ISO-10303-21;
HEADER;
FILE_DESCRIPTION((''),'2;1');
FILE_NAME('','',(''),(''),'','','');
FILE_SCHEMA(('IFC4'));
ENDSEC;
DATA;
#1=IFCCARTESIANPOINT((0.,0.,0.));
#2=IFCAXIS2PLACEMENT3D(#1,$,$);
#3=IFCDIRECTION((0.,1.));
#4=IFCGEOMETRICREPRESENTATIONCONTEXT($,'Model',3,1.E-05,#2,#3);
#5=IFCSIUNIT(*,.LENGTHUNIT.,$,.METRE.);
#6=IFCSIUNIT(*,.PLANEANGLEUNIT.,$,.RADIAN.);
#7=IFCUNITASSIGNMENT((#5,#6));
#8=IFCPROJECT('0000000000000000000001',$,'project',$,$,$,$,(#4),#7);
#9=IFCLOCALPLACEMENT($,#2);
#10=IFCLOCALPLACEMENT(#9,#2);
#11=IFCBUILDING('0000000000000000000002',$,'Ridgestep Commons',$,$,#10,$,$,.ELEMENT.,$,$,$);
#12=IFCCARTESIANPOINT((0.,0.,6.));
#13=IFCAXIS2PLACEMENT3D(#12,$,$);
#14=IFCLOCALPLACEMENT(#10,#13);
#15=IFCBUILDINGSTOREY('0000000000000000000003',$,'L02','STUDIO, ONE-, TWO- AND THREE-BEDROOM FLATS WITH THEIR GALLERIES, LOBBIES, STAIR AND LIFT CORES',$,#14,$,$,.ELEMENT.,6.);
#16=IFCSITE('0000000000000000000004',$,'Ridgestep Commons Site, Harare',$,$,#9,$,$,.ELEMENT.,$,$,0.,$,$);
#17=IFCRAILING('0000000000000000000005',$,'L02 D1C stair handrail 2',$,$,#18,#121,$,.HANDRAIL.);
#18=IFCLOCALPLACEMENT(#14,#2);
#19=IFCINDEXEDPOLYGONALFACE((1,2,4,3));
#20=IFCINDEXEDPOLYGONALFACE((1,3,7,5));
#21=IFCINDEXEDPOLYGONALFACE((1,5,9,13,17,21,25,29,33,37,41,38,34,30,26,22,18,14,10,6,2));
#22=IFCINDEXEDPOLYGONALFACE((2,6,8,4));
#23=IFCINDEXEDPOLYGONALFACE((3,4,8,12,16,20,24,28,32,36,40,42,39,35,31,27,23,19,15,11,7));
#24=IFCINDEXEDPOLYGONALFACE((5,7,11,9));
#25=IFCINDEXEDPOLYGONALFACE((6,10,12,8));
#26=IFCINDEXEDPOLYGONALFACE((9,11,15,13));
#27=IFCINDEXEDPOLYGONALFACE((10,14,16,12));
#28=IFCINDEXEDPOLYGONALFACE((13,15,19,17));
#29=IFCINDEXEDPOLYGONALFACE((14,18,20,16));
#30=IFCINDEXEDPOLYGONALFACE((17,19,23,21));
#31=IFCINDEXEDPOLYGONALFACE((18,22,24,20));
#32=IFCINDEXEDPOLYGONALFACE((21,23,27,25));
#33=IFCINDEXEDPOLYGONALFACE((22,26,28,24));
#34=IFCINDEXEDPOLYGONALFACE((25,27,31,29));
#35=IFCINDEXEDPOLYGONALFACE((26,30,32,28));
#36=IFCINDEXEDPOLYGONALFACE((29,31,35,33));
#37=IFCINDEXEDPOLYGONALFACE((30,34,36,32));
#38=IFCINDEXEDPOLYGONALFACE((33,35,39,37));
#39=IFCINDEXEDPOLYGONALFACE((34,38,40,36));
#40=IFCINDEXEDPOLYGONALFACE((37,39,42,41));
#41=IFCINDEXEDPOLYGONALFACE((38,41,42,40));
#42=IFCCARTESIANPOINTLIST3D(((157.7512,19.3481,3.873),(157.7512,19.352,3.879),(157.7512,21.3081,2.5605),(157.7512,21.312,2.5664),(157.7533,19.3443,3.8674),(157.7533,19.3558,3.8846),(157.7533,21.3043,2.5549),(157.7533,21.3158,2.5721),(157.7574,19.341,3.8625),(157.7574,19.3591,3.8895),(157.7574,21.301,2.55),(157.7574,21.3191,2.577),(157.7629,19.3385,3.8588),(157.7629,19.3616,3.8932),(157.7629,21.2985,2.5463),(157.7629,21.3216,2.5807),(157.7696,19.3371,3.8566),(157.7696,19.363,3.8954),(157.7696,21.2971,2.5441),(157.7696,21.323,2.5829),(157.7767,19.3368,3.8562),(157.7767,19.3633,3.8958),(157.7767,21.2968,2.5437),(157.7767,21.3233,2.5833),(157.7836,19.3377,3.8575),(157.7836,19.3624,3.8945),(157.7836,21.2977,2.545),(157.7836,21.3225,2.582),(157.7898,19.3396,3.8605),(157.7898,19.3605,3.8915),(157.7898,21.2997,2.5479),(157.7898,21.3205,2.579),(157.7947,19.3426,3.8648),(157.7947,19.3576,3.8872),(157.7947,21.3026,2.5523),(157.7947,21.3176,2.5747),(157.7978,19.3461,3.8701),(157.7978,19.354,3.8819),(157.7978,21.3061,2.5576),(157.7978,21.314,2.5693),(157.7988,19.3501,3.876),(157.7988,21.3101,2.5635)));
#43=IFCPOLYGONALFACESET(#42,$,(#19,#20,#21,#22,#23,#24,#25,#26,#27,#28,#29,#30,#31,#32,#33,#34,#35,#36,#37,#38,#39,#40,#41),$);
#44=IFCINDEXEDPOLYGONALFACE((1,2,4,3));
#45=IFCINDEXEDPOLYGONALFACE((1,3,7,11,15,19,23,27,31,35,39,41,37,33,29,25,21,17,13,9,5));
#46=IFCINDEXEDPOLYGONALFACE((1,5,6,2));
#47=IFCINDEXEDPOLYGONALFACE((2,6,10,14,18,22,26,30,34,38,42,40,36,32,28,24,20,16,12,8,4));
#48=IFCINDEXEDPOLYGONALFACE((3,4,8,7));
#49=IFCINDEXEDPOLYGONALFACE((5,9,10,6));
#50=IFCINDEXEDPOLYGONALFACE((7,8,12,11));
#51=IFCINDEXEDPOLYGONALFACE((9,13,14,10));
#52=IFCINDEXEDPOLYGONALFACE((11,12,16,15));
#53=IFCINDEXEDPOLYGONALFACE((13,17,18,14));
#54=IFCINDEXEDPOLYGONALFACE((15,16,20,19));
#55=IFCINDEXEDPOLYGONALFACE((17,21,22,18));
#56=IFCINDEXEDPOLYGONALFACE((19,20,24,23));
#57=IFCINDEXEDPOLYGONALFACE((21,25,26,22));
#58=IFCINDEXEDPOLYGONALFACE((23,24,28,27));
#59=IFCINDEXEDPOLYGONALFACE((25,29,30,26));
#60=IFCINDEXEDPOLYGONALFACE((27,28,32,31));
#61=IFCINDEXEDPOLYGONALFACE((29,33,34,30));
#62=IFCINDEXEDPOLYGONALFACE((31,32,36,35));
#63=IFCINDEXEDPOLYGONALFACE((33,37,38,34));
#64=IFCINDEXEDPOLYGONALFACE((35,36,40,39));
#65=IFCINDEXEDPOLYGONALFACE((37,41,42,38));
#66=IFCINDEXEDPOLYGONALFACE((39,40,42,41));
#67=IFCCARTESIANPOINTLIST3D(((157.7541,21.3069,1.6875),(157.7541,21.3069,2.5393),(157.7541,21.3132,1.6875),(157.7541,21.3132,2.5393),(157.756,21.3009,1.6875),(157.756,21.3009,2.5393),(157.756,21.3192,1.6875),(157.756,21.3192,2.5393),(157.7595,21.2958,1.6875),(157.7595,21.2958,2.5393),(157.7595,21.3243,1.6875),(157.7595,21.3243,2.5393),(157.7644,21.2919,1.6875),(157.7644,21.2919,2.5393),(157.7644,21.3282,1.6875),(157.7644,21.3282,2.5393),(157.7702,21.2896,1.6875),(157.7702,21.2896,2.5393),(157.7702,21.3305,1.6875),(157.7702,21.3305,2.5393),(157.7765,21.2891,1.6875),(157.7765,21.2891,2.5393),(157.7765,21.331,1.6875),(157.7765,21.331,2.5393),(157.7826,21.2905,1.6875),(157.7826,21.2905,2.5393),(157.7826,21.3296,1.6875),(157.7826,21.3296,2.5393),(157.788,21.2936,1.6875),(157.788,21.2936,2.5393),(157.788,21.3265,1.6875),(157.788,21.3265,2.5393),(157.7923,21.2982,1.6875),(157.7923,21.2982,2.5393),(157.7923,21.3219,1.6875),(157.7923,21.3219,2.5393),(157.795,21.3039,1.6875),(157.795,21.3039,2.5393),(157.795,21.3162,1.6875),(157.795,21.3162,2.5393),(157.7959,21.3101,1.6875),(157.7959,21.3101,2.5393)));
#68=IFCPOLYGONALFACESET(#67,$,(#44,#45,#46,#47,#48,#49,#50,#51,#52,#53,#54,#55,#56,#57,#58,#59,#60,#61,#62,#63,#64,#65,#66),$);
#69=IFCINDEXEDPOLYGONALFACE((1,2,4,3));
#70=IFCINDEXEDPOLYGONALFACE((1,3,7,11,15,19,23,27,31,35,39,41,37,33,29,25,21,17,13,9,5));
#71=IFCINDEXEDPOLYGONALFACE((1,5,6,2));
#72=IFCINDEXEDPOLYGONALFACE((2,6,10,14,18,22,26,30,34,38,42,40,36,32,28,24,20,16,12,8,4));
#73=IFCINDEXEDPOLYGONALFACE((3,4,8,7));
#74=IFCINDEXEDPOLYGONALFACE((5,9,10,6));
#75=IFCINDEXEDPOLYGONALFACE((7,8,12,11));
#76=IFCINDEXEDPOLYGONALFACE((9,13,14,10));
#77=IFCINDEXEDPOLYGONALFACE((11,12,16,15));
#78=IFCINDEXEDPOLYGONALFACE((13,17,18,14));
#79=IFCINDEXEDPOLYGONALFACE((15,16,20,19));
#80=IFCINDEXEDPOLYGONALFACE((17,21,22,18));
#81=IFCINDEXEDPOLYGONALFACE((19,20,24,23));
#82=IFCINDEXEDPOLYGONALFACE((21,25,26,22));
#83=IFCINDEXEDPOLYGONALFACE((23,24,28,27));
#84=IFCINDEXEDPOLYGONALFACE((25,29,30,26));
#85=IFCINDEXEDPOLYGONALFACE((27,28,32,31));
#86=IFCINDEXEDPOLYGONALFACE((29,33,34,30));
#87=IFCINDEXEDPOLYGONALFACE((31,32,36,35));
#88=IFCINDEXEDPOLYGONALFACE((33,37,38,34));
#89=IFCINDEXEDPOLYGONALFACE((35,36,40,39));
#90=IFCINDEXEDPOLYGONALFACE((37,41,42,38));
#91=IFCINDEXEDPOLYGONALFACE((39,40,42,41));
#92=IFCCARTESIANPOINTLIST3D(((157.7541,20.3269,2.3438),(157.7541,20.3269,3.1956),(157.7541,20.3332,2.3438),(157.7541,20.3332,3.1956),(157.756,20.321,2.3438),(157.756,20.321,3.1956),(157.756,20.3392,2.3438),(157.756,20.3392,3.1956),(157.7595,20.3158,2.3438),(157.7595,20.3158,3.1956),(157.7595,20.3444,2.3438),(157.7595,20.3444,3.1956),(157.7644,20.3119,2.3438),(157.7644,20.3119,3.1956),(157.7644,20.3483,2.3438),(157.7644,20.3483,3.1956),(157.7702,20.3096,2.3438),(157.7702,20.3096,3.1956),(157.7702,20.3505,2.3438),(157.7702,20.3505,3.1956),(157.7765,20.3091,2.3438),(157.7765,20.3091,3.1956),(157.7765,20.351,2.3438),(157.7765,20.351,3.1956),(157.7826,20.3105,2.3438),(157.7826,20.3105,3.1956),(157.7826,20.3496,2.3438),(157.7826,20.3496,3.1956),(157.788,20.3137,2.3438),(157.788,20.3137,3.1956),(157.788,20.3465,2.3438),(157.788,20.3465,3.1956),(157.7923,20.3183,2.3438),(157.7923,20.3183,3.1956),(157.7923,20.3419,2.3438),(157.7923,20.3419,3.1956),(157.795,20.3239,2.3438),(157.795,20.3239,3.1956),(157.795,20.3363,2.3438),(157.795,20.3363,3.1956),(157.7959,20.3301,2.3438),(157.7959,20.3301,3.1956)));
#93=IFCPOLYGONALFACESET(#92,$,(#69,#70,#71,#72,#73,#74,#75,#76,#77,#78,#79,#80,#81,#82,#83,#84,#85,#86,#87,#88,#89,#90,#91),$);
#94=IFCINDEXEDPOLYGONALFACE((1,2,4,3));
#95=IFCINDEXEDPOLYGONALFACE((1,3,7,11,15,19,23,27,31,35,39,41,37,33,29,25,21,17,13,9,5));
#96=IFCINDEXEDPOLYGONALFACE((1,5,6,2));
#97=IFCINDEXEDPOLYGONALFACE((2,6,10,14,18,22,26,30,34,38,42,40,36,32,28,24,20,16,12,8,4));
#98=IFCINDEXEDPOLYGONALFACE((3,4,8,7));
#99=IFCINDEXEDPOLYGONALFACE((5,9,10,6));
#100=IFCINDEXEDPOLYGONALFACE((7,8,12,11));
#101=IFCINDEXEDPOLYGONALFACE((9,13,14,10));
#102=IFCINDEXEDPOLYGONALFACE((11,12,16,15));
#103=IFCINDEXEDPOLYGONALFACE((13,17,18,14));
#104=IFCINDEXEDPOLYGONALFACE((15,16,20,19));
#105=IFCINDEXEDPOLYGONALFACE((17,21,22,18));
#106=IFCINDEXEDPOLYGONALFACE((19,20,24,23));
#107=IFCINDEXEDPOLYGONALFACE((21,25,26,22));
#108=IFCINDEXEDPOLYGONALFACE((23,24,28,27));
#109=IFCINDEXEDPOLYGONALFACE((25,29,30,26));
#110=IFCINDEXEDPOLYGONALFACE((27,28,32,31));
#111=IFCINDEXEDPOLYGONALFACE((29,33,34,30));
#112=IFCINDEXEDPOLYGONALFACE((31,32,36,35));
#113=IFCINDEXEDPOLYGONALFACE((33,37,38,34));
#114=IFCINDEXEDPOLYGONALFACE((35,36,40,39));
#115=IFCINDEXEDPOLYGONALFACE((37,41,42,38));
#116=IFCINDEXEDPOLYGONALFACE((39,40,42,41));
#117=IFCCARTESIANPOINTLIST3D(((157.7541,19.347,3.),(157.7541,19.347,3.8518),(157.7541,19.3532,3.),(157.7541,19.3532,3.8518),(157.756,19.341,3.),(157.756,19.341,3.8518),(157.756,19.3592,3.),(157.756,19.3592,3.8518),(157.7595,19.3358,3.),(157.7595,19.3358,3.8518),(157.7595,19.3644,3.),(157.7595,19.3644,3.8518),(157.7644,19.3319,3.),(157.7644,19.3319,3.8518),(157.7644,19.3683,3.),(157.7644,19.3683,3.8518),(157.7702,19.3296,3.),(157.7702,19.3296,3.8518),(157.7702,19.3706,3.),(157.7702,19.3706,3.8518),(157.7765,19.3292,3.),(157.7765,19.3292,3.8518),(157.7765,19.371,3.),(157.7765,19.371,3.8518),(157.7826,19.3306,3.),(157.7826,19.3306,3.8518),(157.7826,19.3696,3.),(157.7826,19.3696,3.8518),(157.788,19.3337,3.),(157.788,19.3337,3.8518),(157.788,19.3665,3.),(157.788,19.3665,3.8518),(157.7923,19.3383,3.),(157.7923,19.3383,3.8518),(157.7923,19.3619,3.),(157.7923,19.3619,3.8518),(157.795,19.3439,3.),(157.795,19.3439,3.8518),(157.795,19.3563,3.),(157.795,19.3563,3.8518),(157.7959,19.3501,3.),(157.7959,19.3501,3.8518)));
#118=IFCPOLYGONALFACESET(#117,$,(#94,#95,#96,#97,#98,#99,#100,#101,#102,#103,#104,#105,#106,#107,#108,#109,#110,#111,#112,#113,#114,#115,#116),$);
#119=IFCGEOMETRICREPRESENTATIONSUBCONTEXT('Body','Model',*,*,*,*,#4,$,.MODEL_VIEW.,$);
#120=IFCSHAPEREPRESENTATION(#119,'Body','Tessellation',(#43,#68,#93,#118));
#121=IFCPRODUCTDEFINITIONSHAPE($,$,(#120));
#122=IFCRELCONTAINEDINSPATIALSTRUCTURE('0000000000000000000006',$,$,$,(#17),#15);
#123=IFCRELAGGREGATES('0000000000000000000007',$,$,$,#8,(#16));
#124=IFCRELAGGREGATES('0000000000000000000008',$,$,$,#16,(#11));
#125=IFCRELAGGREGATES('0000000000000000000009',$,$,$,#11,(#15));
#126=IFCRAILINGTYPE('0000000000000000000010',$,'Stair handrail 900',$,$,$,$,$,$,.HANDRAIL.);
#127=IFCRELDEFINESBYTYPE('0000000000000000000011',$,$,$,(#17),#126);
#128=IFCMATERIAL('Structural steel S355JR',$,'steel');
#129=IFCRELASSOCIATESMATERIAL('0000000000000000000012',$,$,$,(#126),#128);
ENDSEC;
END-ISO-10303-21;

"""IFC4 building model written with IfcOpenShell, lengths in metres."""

from ifc_helpers import new_model, si_unit, direction, frame, origin, origin_2d, place, context, subcontext, project, spatial, circle, extrude, material, type_object, element, save


model = new_model("IFC4")

# Units and contexts
model_context = context("Model", 3, precision=1e-05, world=origin(), true_north=direction((0.0, 1.0)))
body_context = subcontext(model_context, "Body", "Model", "MODEL_VIEW")
ifc_project = project(units=[si_unit("LENGTHUNIT", "METRE"), si_unit("PLANEANGLEUNIT", "RADIAN")], contexts=[model_context])

# Site, building, storey
site_placement = place(None, origin())
site = spatial("IfcSite", under=ifc_project, at=site_placement, Name="Ridgestep Commons Site, Harare", CompositionType="ELEMENT", RefElevation=0.0)
building_placement = place(site_placement, origin())
building = spatial("IfcBuilding", under=site, at=building_placement, Name="Ridgestep Commons", CompositionType="ELEMENT")
storey_placement = place(building_placement, frame((0.0, 0.0, 6.0)))
storey = spatial("IfcBuildingStorey", under=building, at=storey_placement, Name="L02", Description="STUDIO, ONE-, TWO- AND THREE-BEDROOM FLATS WITH THEIR GALLERIES, LOBBIES, STAIR AND LIFT CORES", CompositionType="ELEMENT", Elevation=6.0)

# Railing
ifc_material_1 = material(Name="Structural steel S355JR", Category="steel")
railing_type_1 = type_object("IfcRailingType", Name="Stair handrail 900", PredefinedType="HANDRAIL", material=ifc_material_1)
railing_1_placement = place(storey_placement, frame((157.7749, 21.3101, 1.6875)))
element("IfcRailing", 1, at=railing_1_placement, inside=storey, type_object=railing_type_1, Name="L02 D1C stair handrail 2", PredefinedType="HANDRAIL", context=body_context, shape_type="SweptSolid", body=[
    extrude(circle(Radius=0.0239, at=origin_2d()), frame((0.0, 0.0, 0.876), z_axis=(0.0, -0.830902, 0.556419), x_axis=(1.0, 0.0, 0.0)), (0.0, 0.0, 1.0), 2.3589),
    extrude(circle(Radius=0.021, at=origin_2d()), origin(), (0.0, 0.0, 1.0), 0.8518),
    extrude(circle(Radius=0.021, at=origin_2d()), frame((0.0, -0.98, 0.6562)), (0.0, 0.0, 1.0), 0.8518),
    extrude(circle(Radius=0.021, at=origin_2d()), frame((0.0, -1.96, 1.3125)), (0.0, 0.0, 1.0), 0.8518),
])

save(model, "model.ifc")
